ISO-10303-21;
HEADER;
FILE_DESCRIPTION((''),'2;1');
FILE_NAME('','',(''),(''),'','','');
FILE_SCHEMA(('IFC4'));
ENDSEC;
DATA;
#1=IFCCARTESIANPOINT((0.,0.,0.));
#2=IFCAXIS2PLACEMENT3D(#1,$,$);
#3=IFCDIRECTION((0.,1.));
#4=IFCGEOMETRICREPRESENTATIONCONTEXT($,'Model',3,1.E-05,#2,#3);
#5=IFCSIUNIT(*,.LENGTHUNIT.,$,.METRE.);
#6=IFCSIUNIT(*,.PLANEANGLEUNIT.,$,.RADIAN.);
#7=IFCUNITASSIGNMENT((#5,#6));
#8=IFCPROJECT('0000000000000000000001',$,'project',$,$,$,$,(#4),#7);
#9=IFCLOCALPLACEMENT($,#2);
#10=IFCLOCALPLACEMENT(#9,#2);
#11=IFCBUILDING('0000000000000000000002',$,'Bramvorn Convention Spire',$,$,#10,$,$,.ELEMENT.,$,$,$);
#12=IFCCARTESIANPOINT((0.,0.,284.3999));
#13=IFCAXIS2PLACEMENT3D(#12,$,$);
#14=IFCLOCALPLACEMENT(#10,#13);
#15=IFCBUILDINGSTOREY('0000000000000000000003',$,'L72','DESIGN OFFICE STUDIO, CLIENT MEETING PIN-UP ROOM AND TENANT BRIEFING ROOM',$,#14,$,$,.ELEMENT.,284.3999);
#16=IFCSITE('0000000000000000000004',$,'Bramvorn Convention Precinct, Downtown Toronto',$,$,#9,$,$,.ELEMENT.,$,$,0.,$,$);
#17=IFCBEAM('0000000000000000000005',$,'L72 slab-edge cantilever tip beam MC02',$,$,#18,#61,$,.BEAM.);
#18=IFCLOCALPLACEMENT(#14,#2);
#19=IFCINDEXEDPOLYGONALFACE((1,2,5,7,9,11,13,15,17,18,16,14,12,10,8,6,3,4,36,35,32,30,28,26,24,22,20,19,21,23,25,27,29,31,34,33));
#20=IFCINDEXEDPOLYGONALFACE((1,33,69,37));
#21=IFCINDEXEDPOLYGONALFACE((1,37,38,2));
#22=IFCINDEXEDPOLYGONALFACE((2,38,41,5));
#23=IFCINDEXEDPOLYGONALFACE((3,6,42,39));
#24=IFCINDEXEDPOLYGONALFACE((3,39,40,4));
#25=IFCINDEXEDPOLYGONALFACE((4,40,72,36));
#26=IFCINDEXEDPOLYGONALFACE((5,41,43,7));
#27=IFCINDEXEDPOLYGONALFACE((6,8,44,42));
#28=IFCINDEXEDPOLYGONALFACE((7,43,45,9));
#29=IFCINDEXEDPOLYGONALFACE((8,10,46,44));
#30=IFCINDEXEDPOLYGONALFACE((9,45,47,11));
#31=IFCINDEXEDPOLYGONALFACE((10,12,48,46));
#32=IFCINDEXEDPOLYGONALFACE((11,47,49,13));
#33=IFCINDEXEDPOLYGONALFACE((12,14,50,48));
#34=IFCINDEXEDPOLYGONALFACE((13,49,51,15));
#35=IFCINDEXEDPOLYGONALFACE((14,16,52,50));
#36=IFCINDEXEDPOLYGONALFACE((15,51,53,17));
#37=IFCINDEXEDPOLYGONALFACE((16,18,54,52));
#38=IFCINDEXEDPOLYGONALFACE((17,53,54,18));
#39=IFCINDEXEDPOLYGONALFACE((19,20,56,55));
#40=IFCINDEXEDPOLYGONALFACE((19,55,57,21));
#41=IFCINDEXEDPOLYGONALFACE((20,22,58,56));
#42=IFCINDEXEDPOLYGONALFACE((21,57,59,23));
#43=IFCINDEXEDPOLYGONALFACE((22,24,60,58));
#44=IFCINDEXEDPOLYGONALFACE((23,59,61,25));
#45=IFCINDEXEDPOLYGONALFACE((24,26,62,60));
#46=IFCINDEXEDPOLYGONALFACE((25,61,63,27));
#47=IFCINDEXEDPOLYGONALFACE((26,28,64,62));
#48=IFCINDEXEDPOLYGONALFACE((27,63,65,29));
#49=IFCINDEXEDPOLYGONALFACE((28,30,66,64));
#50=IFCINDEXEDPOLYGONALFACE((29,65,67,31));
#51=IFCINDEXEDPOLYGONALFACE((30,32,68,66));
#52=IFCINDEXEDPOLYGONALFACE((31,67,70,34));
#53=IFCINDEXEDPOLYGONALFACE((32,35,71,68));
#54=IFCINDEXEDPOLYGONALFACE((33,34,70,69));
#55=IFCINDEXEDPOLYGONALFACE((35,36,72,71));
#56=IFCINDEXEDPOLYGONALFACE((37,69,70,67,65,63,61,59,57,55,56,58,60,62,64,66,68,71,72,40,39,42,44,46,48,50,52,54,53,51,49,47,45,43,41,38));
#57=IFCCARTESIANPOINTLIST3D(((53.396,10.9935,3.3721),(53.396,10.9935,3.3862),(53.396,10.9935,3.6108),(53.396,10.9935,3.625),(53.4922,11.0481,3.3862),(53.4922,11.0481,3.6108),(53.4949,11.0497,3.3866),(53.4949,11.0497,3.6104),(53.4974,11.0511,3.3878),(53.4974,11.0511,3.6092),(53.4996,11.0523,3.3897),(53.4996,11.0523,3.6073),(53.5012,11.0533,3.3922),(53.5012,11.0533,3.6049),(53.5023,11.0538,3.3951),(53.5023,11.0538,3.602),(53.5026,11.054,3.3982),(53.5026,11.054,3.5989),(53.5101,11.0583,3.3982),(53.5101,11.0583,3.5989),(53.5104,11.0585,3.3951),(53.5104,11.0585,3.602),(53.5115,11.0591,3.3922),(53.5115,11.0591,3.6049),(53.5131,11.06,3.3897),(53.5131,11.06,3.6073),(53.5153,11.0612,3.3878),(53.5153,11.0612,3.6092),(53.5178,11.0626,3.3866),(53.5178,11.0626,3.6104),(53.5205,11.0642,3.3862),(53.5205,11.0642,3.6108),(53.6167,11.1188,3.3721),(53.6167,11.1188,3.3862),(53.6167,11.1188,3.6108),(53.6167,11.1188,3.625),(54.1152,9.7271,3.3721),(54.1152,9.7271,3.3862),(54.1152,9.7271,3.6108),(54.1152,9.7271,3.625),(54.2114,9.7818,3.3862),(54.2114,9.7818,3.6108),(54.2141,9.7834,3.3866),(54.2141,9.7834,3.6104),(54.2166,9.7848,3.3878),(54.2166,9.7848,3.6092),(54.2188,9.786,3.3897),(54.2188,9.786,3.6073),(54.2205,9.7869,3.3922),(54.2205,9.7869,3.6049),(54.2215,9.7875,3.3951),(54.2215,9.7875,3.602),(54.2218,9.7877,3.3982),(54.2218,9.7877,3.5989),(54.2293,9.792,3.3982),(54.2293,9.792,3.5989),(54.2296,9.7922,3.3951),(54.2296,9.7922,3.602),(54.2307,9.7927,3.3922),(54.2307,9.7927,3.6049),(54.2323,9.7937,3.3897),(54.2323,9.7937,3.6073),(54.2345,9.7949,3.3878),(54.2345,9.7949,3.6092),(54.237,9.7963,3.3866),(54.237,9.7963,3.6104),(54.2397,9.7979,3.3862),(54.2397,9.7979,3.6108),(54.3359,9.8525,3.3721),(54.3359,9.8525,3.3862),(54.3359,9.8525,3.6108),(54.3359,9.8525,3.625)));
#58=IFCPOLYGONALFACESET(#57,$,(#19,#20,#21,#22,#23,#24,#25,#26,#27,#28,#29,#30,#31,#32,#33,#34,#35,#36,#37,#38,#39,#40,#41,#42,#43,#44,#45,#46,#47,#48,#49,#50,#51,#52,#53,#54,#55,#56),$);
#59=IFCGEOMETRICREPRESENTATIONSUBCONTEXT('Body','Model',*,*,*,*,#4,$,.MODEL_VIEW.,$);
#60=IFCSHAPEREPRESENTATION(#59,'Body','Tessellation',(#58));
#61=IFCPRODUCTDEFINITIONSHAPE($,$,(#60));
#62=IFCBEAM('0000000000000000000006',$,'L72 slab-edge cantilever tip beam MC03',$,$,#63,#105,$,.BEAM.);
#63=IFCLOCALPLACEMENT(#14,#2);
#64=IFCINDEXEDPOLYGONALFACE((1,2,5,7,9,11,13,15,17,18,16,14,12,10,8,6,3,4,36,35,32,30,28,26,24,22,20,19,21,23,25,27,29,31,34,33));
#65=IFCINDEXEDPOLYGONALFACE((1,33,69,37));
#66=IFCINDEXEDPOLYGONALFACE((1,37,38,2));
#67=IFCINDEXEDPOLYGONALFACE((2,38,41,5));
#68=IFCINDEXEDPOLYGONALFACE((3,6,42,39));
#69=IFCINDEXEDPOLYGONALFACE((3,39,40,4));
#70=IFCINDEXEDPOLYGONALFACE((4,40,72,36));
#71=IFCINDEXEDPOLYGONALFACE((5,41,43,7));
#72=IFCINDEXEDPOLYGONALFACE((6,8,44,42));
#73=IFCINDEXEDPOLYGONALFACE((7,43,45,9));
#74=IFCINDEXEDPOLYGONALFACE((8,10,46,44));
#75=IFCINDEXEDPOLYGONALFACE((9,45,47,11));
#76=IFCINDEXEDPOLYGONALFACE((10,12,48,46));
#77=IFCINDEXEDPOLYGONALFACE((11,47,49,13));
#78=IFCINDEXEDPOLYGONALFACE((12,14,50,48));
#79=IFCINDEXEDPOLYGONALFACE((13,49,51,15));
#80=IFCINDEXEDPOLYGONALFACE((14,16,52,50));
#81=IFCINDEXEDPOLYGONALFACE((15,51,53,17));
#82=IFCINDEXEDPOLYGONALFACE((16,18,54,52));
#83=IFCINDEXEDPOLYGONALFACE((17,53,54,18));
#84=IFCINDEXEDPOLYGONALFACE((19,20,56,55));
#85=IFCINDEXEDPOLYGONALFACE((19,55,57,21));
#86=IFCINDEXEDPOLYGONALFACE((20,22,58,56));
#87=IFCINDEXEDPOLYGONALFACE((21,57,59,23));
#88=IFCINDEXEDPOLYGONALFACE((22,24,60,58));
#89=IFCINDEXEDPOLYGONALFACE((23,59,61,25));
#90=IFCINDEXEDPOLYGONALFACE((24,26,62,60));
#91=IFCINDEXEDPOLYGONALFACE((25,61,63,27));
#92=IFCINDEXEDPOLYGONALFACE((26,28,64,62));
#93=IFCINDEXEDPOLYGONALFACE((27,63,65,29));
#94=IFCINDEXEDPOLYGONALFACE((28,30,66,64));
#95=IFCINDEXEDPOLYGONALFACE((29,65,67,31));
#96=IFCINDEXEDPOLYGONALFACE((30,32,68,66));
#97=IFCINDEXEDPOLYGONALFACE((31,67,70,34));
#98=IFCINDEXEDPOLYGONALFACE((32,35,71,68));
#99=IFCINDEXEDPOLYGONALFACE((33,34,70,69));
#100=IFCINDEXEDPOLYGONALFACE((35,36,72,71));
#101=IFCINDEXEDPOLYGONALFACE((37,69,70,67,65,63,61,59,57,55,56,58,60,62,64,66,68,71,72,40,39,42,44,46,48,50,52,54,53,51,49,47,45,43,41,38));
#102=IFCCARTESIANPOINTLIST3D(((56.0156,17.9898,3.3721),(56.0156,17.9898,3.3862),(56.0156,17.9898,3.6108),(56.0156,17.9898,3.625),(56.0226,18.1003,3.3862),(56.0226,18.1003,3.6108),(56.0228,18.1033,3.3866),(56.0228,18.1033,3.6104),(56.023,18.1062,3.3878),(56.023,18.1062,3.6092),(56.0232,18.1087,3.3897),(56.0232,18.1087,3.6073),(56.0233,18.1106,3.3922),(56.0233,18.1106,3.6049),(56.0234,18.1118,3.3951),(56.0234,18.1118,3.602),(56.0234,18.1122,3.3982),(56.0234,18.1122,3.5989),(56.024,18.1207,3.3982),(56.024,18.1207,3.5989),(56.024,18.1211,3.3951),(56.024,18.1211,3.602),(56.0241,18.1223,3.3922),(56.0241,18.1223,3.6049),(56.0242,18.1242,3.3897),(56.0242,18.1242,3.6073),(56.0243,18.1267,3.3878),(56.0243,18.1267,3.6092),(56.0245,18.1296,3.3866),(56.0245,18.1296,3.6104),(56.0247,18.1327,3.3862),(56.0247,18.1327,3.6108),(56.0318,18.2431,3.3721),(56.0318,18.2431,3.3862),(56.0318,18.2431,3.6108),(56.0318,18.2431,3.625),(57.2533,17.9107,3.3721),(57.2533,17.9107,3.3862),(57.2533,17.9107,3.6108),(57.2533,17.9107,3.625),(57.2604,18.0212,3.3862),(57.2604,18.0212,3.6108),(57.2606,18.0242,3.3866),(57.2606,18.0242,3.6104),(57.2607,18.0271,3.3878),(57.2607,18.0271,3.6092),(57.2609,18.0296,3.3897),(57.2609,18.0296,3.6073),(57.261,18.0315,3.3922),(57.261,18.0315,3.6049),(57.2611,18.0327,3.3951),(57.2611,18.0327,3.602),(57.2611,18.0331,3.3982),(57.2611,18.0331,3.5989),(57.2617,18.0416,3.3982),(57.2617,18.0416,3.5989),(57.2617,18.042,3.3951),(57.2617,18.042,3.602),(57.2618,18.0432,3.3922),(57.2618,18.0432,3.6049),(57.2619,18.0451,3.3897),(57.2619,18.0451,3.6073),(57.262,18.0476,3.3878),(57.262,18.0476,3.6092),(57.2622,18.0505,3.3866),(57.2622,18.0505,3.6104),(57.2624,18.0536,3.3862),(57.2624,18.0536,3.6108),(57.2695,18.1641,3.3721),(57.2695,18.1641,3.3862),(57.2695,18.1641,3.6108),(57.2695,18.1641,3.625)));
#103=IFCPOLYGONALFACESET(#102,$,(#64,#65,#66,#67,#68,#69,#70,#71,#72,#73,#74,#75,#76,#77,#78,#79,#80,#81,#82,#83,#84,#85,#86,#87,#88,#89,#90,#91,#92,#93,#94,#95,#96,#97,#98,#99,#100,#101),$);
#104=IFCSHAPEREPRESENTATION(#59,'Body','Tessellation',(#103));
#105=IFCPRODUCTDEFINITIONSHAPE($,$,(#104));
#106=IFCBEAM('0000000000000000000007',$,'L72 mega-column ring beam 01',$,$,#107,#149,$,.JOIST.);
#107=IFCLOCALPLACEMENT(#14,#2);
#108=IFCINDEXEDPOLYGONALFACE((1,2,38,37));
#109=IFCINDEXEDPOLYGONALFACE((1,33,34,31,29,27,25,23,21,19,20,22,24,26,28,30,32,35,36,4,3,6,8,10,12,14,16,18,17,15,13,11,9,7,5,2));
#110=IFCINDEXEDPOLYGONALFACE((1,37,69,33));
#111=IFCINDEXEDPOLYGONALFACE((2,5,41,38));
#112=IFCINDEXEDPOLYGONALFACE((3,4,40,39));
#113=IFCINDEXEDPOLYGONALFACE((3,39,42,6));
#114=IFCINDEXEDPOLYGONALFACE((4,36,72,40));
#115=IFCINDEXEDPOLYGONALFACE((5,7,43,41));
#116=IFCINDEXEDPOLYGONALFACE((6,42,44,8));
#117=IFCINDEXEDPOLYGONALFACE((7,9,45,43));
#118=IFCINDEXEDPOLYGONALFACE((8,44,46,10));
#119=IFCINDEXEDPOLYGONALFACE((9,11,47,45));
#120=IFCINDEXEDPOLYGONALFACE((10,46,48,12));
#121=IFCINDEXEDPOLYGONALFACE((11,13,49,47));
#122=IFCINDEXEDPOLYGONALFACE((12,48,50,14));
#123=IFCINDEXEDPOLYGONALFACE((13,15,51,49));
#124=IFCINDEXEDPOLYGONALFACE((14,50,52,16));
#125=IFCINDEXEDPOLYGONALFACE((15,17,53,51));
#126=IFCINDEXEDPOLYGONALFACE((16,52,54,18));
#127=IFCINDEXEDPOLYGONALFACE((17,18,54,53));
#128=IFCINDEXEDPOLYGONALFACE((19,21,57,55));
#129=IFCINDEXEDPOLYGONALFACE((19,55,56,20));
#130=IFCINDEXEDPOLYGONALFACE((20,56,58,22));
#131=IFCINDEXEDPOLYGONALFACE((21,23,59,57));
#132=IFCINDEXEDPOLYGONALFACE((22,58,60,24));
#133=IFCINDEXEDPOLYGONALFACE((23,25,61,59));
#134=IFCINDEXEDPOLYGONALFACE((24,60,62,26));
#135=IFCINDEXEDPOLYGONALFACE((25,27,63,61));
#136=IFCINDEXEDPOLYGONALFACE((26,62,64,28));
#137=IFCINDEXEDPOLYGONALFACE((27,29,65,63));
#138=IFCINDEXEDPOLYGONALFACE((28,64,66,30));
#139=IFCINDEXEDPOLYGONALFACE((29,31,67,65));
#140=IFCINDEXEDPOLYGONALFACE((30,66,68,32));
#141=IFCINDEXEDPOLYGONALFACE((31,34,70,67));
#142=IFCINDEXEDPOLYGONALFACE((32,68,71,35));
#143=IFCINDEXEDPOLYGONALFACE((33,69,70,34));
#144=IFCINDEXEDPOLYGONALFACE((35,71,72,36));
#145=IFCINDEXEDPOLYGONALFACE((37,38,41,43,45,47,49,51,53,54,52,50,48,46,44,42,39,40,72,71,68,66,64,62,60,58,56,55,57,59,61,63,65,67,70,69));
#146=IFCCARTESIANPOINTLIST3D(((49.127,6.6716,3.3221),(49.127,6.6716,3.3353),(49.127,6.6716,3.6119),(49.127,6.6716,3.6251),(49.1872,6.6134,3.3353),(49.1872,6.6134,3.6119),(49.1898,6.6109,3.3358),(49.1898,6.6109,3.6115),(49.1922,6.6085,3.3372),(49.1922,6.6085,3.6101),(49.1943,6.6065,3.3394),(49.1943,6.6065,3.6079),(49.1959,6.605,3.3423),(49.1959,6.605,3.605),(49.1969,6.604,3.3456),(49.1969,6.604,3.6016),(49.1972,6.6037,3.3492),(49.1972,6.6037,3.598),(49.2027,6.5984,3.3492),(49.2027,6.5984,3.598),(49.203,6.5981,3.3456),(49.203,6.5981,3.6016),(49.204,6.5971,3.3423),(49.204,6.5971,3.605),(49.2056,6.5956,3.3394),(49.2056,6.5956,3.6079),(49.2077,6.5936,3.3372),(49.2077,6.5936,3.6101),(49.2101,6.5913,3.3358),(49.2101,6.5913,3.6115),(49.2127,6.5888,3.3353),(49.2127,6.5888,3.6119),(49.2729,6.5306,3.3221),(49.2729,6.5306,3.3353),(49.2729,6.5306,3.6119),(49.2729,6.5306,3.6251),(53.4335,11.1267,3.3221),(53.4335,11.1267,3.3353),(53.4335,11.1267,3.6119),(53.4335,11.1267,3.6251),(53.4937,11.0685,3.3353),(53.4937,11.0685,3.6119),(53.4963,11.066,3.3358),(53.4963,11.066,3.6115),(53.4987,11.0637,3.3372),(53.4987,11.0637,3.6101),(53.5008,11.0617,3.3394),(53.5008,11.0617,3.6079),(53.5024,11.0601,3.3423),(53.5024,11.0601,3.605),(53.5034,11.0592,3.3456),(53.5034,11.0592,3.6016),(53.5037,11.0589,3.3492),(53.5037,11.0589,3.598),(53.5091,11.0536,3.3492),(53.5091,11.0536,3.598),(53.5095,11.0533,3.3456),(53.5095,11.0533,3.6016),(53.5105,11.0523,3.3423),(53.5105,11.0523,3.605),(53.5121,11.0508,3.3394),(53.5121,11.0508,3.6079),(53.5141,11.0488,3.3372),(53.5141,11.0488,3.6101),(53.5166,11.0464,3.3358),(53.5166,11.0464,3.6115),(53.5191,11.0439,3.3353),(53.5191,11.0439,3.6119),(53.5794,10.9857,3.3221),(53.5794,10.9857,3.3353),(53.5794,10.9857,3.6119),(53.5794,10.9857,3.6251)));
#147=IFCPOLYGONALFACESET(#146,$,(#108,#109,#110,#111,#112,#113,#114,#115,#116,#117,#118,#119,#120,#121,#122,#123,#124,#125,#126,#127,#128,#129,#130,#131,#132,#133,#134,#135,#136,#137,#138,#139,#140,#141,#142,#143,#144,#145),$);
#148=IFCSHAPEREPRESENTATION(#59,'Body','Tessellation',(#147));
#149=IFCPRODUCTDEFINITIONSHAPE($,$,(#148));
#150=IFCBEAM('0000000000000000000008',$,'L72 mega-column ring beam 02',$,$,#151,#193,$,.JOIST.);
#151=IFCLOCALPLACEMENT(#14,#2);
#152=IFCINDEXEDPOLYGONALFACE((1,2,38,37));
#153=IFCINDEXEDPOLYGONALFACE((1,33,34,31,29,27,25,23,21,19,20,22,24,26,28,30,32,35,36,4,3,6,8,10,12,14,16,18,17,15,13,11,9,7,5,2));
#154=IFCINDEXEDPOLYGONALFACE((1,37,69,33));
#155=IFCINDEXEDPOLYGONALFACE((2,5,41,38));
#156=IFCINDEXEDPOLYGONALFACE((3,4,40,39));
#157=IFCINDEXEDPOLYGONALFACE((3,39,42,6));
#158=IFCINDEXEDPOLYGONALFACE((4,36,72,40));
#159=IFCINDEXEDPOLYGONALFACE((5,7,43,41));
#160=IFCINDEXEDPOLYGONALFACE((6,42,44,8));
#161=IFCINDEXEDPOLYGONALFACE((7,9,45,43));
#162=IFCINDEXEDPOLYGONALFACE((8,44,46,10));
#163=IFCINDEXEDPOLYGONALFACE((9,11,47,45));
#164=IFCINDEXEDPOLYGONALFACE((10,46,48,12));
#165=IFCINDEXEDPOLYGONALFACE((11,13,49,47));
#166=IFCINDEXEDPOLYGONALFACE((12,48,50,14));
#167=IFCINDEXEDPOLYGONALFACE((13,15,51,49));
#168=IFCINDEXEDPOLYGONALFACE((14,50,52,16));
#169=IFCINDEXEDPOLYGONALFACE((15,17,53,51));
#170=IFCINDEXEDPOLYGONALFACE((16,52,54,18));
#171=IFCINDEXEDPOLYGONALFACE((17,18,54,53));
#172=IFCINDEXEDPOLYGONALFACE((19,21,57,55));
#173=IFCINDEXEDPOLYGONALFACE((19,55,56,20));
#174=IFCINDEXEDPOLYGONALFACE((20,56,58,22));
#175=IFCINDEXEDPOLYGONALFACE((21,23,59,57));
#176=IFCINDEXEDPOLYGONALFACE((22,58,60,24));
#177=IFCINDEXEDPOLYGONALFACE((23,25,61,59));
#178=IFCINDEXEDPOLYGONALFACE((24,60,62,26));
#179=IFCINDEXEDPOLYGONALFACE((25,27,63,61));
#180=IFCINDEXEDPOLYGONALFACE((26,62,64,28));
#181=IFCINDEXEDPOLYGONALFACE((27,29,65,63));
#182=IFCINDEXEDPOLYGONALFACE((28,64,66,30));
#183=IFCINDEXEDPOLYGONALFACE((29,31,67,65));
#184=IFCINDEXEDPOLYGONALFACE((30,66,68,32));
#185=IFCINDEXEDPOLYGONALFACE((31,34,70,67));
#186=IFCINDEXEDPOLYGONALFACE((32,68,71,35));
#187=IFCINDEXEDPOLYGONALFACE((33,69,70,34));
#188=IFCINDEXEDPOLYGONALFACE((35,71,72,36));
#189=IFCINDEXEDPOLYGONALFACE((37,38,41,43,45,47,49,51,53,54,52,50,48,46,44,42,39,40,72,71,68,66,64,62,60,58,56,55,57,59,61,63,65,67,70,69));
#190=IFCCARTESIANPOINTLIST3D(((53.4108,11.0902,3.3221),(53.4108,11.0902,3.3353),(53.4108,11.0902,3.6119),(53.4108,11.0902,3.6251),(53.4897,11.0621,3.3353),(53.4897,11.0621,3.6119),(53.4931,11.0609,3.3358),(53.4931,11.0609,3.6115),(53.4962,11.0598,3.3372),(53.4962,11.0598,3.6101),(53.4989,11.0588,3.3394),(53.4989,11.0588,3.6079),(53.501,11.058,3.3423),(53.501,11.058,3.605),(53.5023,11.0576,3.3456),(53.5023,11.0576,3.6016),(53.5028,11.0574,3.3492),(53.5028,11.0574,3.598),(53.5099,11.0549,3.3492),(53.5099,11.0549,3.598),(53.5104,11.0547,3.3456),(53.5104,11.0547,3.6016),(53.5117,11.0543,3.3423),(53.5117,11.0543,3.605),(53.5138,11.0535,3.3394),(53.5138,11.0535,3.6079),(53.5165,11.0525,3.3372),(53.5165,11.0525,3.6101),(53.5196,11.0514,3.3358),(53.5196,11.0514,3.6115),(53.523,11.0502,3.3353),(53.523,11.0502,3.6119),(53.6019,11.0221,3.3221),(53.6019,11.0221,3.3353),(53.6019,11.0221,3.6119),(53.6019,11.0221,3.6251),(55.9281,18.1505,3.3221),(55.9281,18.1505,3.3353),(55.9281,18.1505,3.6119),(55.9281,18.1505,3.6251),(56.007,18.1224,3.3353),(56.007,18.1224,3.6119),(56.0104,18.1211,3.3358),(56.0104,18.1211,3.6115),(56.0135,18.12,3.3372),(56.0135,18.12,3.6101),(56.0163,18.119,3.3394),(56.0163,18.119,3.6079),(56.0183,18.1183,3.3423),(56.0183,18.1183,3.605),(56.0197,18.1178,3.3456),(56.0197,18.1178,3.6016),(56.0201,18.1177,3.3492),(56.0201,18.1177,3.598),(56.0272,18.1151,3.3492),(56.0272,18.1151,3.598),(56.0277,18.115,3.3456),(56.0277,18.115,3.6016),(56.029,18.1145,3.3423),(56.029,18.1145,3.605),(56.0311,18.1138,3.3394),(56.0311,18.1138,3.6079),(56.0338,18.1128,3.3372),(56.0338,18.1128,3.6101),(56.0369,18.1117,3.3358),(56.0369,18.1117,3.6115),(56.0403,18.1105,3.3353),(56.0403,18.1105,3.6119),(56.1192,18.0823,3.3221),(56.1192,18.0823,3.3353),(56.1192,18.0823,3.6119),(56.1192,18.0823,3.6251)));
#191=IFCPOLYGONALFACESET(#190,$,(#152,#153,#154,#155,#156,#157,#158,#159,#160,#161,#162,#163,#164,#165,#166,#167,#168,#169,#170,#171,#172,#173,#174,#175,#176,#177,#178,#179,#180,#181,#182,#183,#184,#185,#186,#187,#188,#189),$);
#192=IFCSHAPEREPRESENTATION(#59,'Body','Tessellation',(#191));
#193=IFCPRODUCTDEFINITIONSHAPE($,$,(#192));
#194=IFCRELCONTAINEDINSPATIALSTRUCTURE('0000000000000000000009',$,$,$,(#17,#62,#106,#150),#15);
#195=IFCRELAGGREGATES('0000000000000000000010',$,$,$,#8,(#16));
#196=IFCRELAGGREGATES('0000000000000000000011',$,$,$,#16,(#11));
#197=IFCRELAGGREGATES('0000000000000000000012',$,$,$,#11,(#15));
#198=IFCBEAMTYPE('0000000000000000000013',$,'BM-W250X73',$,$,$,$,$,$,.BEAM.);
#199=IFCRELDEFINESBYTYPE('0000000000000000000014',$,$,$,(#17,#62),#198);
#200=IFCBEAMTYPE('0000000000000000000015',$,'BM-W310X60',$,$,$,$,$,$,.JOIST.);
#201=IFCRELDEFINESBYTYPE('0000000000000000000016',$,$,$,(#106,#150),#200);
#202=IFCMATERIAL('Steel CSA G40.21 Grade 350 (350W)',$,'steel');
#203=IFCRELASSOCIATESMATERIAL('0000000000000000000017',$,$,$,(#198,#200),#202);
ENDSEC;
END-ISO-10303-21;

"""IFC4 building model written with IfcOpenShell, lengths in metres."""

from ifc_helpers import new_model, si_unit, direction, frame, origin, origin_2d, place, context, subcontext, project, spatial, i_section, extrude, material, material_profile, profile_set, type_object, element, save


model = new_model("IFC4")

# Units and contexts
model_context = context("Model", 3, precision=1e-05, world=origin(), true_north=direction((0.0, 1.0)))
body_context = subcontext(model_context, "Body", "Model", "MODEL_VIEW")
ifc_project = project(units=[si_unit("LENGTHUNIT", "METRE"), si_unit("PLANEANGLEUNIT", "RADIAN")], contexts=[model_context])

# Site, building, storey
site_placement = place(None, origin())
site = spatial("IfcSite", under=ifc_project, at=site_placement, Name="Bramvorn Convention Precinct, Downtown Toronto", CompositionType="ELEMENT", RefElevation=0.0)
building_placement = place(site_placement, origin())
building = spatial("IfcBuilding", under=site, at=building_placement, Name="Bramvorn Convention Spire", CompositionType="ELEMENT")
storey_placement = place(building_placement, frame((0.0, 0.0, 284.3999)))
storey = spatial("IfcBuildingStorey", under=building, at=storey_placement, Name="L72", Description="DESIGN OFFICE STUDIO, CLIENT MEETING PIN-UP ROOM AND TENANT BRIEFING ROOM", CompositionType="ELEMENT", Elevation=284.3999)

# Shared definitions
ifc_material_1 = material(Name="Steel CSA G40.21 Grade 350 (350W)", Category="steel")

# Beams
ifc_material_profile_1 = material_profile(ifc_material_1, i_section(OverallWidth=0.2539, OverallDepth=0.2529, WebThickness=0.0085, FlangeThickness=0.0142, FilletRadius=0.012, at=origin_2d()))
ifc_profile_set_1 = profile_set([ifc_material_profile_1], Name="Steel CSA G40.21 Grade 350 (350W) - W250X73")
beam_type_1 = type_object("IfcBeamType", Name="BM-W250X73", PredefinedType="BEAM", material=ifc_profile_set_1)
beam_1_placement = place(storey_placement, frame((53.5063, 11.0562, 3.4985), z_axis=(0.493863, -0.86954, 0.0), x_axis=(0.86954, 0.493863, 0.0)))
element("IfcBeam", 1, at=beam_1_placement, inside=storey, type_object=beam_type_1, Name="L72 slab-edge cantilever tip beam MC02", PredefinedType="BEAM", context=body_context, shape_type="SweptSolid", body=[
    extrude(i_section(OverallWidth=0.2539, OverallDepth=0.2529, WebThickness=0.0085, FlangeThickness=0.0142, FilletRadius=0.012, at=origin_2d()), origin(), (0.0, 0.0, 1.0), 1.4563),
])
beam_2_placement = place(storey_placement, frame((56.0237, 18.1165, 3.4985), z_axis=(0.997964, -0.063775, 0.0), x_axis=(0.063775, 0.997964, 0.0)))
element("IfcBeam", 2, at=beam_2_placement, inside=storey, type_object=beam_type_1, Name="L72 slab-edge cantilever tip beam MC03", PredefinedType="BEAM", context=body_context, shape_type="SweptSolid", body=[
    extrude(i_section(OverallWidth=0.2539, OverallDepth=0.2529, WebThickness=0.0085, FlangeThickness=0.0142, FilletRadius=0.012, at=origin_2d()), origin(), (0.0, 0.0, 1.0), 1.2402),
])
ifc_material_profile_2 = material_profile(ifc_material_1, i_section(OverallWidth=0.2029, OverallDepth=0.303, WebThickness=0.0076, FlangeThickness=0.0132, FilletRadius=0.0139, at=origin_2d()))
ifc_profile_set_2 = profile_set([ifc_material_profile_2], Name="Steel CSA G40.21 Grade 350 (350W) - W310X60")
beam_type_2 = type_object("IfcBeamType", Name="BM-W310X60", PredefinedType="JOIST", material=ifc_profile_set_2)
beam_3_placement = place(storey_placement, frame((49.2, 6.6011, 3.4736), z_axis=(0.695007, 0.719003, 0.0), x_axis=(-0.719003, 0.695007, 0.0)))
element("IfcBeam", 3, at=beam_3_placement, inside=storey, type_object=beam_type_2, Name="L72 mega-column ring beam 01", PredefinedType="JOIST", context=body_context, shape_type="SweptSolid", body=[
    extrude(i_section(OverallWidth=0.2029, OverallDepth=0.303, WebThickness=0.0076, FlangeThickness=0.0132, FilletRadius=0.0139, at=origin_2d()), origin(), (0.0, 0.0, 1.0), 6.1963),
])
beam_4_placement = place(storey_placement, frame((53.5063, 11.0562, 3.4736), z_axis=(0.335839, 0.941919, 0.0), x_axis=(-0.941919, 0.335839, 0.0)))
element("IfcBeam", 4, at=beam_4_placement, inside=storey, type_object=beam_type_2, Name="L72 mega-column ring beam 02", PredefinedType="JOIST", context=body_context, shape_type="SweptSolid", body=[
    extrude(i_section(OverallWidth=0.2029, OverallDepth=0.303, WebThickness=0.0076, FlangeThickness=0.0132, FilletRadius=0.0139, at=origin_2d()), origin(), (0.0, 0.0, 1.0), 7.4956),
])

save(model, "model.ifc")
